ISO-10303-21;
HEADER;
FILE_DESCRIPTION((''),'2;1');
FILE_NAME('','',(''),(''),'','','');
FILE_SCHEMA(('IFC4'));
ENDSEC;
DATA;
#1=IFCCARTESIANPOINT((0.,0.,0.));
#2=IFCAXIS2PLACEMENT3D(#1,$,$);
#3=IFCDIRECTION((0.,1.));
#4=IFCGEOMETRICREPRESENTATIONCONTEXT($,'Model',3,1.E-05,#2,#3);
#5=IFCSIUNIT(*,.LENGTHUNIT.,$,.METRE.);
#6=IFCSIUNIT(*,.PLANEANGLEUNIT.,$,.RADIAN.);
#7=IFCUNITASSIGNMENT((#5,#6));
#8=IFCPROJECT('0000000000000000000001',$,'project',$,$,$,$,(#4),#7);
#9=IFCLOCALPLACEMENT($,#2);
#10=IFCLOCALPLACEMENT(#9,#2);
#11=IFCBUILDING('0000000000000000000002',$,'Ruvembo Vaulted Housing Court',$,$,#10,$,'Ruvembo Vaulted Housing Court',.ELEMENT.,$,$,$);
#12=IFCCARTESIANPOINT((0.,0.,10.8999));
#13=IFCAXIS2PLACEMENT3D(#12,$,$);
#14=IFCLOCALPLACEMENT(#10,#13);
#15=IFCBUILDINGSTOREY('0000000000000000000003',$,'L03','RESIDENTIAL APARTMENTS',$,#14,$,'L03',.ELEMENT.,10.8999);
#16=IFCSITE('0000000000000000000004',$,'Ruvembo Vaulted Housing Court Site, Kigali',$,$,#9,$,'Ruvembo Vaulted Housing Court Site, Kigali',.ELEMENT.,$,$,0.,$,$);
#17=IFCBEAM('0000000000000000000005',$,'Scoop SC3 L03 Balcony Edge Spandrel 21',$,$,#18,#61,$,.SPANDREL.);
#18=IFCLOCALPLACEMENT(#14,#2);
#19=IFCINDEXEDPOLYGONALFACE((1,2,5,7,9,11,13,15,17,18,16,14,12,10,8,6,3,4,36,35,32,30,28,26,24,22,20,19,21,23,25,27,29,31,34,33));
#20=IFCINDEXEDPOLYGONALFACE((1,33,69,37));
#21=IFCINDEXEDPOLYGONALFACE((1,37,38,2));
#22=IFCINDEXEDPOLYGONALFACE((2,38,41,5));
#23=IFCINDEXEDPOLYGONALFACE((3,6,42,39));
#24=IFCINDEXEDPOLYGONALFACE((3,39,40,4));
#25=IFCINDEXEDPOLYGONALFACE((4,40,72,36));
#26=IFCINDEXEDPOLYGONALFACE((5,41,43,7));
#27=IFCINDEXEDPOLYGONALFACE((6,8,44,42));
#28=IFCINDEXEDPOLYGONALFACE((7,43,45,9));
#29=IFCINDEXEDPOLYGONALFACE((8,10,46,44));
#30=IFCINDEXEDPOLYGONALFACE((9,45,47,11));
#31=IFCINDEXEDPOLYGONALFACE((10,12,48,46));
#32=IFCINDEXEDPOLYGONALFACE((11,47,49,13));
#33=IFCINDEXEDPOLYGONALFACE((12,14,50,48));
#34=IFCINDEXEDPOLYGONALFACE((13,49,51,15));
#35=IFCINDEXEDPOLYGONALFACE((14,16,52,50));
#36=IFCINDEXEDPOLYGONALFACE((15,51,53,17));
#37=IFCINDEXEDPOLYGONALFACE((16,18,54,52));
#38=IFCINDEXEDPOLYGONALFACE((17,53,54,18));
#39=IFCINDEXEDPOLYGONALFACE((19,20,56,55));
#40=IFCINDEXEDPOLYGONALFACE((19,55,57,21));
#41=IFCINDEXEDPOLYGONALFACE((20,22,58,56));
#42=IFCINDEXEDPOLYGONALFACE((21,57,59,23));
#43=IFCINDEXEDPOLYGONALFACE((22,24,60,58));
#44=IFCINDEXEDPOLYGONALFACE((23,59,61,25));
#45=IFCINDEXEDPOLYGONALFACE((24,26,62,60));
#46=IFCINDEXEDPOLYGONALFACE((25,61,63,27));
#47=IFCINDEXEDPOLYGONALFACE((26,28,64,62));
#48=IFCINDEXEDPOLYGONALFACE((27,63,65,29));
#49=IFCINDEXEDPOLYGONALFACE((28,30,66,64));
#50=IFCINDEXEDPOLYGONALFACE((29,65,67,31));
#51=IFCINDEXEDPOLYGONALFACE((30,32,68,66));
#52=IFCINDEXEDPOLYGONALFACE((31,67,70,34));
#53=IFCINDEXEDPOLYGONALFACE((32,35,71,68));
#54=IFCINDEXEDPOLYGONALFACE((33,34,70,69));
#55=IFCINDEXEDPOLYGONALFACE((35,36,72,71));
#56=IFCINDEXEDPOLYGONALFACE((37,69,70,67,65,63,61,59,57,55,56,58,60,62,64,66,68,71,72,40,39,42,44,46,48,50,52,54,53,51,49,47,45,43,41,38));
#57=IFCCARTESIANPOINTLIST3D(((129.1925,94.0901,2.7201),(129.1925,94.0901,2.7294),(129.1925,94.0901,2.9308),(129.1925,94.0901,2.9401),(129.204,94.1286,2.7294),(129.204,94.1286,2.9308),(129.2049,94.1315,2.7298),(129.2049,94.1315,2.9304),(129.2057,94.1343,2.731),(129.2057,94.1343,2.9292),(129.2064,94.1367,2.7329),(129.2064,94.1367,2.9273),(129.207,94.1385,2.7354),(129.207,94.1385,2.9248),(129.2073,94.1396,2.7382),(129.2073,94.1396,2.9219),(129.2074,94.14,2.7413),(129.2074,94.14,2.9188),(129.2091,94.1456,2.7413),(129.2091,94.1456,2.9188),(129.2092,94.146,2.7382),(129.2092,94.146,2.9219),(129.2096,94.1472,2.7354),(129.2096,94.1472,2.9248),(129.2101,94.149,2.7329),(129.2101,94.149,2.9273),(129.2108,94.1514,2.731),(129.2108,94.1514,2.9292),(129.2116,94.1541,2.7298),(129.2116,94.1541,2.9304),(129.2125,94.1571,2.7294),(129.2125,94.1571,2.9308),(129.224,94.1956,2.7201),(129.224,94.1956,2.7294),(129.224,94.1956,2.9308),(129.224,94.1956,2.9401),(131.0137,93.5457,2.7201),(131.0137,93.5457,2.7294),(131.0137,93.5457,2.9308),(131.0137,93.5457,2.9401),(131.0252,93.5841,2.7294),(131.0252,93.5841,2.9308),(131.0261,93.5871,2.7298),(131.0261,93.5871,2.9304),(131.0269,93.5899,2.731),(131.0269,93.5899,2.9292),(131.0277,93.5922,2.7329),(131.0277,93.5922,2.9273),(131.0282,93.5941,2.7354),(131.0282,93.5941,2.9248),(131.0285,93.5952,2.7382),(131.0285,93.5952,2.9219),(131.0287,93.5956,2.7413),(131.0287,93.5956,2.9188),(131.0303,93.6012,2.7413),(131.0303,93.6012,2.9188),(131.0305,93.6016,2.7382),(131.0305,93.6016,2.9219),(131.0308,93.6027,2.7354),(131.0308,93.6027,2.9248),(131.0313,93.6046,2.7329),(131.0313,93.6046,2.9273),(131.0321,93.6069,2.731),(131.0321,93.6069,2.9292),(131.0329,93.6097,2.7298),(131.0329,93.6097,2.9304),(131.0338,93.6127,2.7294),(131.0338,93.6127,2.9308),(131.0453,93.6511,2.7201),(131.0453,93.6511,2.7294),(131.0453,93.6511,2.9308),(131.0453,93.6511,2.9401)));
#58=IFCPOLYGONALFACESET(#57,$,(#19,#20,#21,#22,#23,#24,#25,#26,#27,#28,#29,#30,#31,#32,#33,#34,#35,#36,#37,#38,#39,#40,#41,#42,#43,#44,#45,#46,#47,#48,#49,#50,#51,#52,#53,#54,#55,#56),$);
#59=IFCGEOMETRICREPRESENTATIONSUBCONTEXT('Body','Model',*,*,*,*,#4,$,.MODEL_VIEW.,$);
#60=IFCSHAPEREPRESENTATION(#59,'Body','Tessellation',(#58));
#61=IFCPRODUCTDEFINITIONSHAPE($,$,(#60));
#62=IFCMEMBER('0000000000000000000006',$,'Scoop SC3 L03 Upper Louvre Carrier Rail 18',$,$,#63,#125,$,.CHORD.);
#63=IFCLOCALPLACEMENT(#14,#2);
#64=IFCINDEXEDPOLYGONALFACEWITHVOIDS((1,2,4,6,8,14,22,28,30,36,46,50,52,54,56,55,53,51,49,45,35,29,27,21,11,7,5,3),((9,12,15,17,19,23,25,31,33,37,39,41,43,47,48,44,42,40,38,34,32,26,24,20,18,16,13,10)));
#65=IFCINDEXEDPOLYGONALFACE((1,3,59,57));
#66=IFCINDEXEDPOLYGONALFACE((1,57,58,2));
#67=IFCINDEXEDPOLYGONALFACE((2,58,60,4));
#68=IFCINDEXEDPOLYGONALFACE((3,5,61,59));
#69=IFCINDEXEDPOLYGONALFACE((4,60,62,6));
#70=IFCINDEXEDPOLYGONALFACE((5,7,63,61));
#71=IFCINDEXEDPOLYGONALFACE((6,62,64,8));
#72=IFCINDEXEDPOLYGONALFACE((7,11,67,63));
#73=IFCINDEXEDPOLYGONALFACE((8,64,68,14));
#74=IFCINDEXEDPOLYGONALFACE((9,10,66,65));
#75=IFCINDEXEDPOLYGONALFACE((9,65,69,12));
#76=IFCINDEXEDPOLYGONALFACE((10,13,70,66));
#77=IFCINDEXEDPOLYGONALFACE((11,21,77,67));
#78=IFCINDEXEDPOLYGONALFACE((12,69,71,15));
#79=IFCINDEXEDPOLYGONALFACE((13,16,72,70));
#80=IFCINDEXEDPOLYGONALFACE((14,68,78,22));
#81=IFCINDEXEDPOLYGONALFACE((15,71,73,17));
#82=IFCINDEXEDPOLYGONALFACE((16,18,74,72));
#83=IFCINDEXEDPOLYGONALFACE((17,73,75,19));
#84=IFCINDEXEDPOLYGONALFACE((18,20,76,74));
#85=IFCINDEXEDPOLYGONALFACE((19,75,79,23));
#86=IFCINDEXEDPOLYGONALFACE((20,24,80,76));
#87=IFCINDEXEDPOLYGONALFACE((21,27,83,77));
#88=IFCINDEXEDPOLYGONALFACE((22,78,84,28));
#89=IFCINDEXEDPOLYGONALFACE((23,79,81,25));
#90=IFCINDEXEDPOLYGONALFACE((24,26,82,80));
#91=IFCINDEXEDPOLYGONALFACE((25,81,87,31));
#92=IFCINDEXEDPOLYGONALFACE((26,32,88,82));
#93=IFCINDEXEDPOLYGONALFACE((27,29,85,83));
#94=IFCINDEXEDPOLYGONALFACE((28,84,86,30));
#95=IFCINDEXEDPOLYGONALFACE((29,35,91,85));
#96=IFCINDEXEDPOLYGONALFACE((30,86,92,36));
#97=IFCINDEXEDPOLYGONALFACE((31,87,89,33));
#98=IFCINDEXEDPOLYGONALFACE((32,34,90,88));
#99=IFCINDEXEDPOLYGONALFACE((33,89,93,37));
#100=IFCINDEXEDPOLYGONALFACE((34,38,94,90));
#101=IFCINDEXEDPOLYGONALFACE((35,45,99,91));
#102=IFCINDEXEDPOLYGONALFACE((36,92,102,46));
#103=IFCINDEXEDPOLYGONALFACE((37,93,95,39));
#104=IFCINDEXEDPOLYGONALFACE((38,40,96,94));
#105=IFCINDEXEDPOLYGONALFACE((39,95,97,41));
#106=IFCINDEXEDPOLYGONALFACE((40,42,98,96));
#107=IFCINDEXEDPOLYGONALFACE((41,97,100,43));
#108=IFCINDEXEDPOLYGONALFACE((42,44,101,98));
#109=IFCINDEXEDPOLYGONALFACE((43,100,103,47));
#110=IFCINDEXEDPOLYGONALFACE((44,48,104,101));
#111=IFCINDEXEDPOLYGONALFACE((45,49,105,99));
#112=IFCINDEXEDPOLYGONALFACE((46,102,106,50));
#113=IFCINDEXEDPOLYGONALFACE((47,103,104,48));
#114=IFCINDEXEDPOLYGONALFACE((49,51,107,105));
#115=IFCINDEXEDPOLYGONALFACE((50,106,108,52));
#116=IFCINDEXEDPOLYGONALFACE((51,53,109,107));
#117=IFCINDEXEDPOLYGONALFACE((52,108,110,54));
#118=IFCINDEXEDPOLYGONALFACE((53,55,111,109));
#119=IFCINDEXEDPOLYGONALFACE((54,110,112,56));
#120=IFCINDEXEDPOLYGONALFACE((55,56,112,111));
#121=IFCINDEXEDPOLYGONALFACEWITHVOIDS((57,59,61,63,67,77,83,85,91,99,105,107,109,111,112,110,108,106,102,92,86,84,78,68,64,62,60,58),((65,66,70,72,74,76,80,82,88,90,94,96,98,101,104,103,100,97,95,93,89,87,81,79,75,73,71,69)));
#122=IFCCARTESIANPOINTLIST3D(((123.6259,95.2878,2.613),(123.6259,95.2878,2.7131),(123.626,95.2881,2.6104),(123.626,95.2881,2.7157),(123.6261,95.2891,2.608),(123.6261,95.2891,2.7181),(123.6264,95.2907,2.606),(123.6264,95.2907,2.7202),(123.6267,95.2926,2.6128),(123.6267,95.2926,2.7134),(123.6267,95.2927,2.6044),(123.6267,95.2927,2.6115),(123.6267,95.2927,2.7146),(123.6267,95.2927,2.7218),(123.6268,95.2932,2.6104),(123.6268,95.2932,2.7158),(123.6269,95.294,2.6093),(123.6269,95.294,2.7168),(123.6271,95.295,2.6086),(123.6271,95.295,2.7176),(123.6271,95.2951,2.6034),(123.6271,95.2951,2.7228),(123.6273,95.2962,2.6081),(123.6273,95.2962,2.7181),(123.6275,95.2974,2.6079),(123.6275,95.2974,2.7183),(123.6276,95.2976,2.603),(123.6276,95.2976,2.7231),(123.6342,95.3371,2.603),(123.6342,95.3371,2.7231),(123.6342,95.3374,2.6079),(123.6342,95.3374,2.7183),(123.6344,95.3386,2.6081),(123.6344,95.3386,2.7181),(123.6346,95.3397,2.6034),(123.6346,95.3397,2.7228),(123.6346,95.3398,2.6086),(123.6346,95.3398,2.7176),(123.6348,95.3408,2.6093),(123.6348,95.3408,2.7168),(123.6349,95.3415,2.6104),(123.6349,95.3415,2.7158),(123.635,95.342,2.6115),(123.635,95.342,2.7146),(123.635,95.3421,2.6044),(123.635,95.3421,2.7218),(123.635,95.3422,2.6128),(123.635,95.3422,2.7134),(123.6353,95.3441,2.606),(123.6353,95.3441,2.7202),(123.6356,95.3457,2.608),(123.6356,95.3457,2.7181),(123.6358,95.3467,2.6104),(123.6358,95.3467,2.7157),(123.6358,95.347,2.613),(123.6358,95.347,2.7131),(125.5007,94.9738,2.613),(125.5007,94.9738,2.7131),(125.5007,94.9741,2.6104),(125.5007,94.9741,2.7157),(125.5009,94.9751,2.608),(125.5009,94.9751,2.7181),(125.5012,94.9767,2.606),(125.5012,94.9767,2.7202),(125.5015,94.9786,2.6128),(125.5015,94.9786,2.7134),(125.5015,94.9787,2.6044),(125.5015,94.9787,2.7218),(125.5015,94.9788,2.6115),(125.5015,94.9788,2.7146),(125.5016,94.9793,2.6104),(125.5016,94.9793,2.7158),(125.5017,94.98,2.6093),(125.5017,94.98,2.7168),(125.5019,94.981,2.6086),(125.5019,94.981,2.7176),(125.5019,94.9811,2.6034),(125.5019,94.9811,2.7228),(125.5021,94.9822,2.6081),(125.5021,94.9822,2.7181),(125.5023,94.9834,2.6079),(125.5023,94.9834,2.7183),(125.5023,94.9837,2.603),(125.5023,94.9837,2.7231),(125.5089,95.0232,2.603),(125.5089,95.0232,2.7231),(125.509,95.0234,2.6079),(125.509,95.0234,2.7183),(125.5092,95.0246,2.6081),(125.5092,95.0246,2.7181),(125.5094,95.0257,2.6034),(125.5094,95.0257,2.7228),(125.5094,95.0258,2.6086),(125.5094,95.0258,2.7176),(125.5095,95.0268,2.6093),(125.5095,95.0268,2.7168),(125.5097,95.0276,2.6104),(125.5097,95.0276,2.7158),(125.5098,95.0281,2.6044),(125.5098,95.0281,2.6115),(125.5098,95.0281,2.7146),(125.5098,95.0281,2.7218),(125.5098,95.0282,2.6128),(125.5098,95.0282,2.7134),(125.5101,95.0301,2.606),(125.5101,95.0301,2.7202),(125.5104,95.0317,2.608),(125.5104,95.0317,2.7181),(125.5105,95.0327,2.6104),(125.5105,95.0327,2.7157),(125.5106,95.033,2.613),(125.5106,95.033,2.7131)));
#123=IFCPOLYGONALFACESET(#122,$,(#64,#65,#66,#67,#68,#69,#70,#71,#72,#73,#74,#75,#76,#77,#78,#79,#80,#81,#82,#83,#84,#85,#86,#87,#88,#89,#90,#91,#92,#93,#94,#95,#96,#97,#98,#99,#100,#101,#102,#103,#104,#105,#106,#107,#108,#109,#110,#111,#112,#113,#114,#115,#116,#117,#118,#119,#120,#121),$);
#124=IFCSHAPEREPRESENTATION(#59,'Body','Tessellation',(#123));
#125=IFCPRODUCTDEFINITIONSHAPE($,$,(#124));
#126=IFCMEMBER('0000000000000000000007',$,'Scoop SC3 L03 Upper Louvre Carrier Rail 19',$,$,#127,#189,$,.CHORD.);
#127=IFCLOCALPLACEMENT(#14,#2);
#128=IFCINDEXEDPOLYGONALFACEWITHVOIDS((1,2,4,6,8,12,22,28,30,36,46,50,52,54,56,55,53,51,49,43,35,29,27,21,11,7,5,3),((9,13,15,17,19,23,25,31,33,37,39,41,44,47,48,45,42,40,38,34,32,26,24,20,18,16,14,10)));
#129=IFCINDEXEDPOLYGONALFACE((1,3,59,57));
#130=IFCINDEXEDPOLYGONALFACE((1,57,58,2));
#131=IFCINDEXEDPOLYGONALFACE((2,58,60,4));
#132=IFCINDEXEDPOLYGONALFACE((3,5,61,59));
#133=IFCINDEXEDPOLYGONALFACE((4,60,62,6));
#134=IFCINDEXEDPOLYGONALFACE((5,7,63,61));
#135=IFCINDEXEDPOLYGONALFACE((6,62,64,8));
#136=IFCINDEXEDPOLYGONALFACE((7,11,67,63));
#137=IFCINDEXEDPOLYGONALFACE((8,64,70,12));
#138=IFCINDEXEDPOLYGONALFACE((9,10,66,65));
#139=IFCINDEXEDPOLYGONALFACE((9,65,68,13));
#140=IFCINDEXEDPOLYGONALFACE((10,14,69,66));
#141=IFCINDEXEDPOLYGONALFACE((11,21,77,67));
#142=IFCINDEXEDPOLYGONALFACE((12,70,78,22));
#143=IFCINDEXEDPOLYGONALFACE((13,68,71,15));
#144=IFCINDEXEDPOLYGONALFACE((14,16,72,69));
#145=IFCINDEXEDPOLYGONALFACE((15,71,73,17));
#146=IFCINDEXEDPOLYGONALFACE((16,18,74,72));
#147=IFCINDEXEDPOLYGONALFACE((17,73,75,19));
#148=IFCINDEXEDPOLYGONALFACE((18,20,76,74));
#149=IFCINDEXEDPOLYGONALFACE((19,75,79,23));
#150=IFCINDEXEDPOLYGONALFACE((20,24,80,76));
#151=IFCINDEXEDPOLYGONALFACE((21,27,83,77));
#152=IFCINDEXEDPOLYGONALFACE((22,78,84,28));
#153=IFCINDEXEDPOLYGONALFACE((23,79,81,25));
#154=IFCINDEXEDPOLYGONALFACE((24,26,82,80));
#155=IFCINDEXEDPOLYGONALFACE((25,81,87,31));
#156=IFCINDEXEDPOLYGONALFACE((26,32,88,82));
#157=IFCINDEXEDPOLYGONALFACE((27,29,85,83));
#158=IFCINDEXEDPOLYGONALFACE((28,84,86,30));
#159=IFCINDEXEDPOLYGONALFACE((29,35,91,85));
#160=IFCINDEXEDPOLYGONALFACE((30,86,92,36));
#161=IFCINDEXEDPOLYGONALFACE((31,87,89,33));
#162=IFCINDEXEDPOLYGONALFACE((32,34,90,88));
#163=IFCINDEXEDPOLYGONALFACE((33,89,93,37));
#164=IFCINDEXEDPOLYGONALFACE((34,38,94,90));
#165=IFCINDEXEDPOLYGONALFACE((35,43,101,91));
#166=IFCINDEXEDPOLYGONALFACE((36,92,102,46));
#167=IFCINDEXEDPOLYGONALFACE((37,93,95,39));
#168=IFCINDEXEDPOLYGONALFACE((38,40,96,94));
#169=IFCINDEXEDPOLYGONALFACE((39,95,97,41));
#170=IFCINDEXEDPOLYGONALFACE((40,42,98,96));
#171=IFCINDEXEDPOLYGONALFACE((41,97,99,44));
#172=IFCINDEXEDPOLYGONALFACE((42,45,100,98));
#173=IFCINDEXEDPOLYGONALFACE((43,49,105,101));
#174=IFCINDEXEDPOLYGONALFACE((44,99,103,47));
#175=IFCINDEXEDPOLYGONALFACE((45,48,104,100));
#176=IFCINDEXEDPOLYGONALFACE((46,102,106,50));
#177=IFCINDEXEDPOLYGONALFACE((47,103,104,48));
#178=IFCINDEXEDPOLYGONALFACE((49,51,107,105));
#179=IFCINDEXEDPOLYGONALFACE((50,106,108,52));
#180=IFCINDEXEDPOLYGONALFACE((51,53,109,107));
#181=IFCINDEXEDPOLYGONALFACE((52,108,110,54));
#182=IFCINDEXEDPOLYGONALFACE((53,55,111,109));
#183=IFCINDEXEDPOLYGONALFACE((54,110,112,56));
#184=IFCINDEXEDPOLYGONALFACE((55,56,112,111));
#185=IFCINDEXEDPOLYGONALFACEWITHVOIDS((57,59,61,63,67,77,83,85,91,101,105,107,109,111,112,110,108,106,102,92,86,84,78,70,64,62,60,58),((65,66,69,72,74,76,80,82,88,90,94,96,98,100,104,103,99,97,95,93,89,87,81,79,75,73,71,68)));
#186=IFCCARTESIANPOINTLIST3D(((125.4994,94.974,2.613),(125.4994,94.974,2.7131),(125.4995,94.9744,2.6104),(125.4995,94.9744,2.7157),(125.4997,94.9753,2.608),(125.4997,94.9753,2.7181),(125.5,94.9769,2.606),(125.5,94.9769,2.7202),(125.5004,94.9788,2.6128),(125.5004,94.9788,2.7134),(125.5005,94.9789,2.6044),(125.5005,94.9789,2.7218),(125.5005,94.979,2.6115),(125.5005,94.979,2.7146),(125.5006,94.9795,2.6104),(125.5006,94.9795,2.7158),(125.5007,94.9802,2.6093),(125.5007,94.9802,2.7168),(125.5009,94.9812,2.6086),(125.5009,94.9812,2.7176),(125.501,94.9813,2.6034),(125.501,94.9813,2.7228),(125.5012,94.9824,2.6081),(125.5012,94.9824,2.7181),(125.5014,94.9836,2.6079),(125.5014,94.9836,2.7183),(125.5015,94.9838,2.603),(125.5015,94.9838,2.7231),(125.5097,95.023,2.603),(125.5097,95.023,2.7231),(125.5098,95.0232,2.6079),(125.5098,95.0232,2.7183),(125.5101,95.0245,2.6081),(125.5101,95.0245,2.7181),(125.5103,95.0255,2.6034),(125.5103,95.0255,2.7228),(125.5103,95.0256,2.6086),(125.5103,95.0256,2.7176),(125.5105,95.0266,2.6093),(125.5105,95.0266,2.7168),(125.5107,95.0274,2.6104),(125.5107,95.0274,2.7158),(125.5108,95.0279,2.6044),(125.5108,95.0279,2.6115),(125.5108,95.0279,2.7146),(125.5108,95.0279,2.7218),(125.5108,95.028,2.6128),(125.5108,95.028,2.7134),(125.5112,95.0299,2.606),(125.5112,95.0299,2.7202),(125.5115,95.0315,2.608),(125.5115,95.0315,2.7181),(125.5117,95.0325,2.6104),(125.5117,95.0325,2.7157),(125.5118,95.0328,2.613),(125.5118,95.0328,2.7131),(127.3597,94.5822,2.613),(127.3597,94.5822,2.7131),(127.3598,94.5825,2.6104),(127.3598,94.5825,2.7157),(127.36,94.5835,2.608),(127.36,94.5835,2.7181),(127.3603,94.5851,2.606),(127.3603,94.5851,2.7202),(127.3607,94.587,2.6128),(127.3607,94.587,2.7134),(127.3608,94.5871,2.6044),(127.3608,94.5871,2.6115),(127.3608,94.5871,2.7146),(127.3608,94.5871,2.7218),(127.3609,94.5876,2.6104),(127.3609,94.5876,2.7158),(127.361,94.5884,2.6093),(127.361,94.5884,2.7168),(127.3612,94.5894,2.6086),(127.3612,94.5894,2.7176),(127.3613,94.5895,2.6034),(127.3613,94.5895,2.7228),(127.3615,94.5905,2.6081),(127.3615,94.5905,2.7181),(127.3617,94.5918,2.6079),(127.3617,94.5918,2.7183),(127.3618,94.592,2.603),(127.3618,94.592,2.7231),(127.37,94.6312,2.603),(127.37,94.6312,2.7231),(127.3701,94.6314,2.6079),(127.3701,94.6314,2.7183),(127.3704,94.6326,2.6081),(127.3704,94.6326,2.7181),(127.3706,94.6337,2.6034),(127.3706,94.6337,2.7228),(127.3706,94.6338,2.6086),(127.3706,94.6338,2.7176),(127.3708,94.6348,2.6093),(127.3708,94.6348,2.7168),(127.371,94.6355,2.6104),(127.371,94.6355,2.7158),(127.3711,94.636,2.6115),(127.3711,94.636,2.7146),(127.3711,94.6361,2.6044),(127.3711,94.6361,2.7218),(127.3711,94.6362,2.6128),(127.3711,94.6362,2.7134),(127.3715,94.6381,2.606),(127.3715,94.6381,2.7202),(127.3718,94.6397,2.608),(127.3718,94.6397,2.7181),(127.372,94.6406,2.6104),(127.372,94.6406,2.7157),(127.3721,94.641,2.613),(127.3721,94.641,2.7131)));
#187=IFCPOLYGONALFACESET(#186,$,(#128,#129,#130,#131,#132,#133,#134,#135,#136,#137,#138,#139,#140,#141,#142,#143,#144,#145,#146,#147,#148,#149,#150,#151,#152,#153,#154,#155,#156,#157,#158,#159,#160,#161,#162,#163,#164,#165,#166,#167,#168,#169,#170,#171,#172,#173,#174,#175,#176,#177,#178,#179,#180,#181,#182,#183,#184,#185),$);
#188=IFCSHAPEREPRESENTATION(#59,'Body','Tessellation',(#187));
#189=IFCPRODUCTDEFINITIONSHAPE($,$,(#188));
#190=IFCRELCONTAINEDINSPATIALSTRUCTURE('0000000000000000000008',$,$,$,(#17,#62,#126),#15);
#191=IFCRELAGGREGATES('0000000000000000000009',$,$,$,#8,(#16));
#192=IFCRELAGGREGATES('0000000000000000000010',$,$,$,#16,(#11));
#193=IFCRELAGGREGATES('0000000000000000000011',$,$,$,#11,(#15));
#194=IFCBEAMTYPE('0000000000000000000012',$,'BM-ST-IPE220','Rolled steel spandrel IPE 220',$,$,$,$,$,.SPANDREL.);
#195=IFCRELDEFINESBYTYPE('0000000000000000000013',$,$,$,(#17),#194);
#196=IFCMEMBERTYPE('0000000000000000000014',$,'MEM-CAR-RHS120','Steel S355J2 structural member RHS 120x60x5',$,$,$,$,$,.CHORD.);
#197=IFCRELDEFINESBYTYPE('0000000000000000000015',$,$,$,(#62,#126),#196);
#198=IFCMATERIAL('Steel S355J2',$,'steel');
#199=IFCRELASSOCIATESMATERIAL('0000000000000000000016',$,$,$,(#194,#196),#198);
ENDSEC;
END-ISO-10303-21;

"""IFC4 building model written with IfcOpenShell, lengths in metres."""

from ifc_helpers import new_model, si_unit, direction, frame, origin, origin_2d, place, context, subcontext, project, spatial, hollow_rectangle, i_section, extrude, material, material_profile, profile_set, type_object, element, save


model = new_model("IFC4")

# Units and contexts
model_context = context("Model", 3, precision=1e-05, world=origin(), true_north=direction((0.0, 1.0)))
body_context = subcontext(model_context, "Body", "Model", "MODEL_VIEW")
ifc_project = project(units=[si_unit("LENGTHUNIT", "METRE"), si_unit("PLANEANGLEUNIT", "RADIAN")], contexts=[model_context])

# Site, building, storey
site_placement = place(None, origin())
site = spatial("IfcSite", under=ifc_project, at=site_placement, Name="Ruvembo Vaulted Housing Court Site, Kigali", LongName="Ruvembo Vaulted Housing Court Site, Kigali", CompositionType="ELEMENT", RefElevation=0.0)
building_placement = place(site_placement, origin())
building = spatial("IfcBuilding", under=site, at=building_placement, Name="Ruvembo Vaulted Housing Court", LongName="Ruvembo Vaulted Housing Court", CompositionType="ELEMENT")
storey_placement = place(building_placement, frame((0.0, 0.0, 10.8999)))
storey = spatial("IfcBuildingStorey", under=building, at=storey_placement, Name="L03", Description="RESIDENTIAL APARTMENTS", LongName="L03", CompositionType="ELEMENT", Elevation=10.8999)

# Beam
ifc_material_1 = material(Name="Steel S355J2", Category="steel")
ifc_material_profile_1 = material_profile(ifc_material_1, i_section(OverallWidth=0.1101, OverallDepth=0.22, WebThickness=0.0059, FlangeThickness=0.0093, FilletRadius=0.012, at=origin_2d()), Name="IPE 220")
ifc_profile_set_1 = profile_set([ifc_material_profile_1], Name="Steel S355J2")
beam_type = type_object("IfcBeamType", Name="BM-ST-IPE220", Description="Rolled steel spandrel IPE 220", PredefinedType="SPANDREL", material=ifc_profile_set_1)
for number, where, z_axis, x_axis, name in (
    (1, (129.2083, 94.1428, 2.8301), (0.958109, -0.286405, 0.0), (0.286405, 0.958109, 0.0), "Scoop SC3 L03 Balcony Edge Spandrel 21"),
):
    element("IfcBeam", number, at=place(storey_placement, frame(where, z_axis=z_axis, x_axis=x_axis)), inside=storey, type_object=beam_type, Name=name, PredefinedType="SPANDREL", context=body_context, shape_type="SweptSolid", body=[
        extrude(i_section(OverallWidth=0.1101, OverallDepth=0.22, WebThickness=0.0059, FlangeThickness=0.0093, FilletRadius=0.012, at=origin_2d()), origin(), (0.0, 0.0, 1.0), 1.9009),
    ])

# Members
ifc_material_profile_2 = material_profile(ifc_material_1, hollow_rectangle(XDim=0.0601, YDim=0.1201, WallThickness=0.0049, InnerFilletRadius=0.0049, OuterFilletRadius=0.01, at=origin_2d()), Name="RHS 120x60x5")
ifc_profile_set_2 = profile_set([ifc_material_profile_2], Name="Steel S355J2")
member_type_1 = type_object("IfcMemberType", Name="MEM-CAR-RHS120", Description="Steel S355J2 structural member RHS 120x60x5", PredefinedType="CHORD", material=ifc_profile_set_2)
member_1_placement = place(storey_placement, frame((123.6309, 95.3174, 2.6631), z_axis=(0.986265, -0.16517, 0.0), x_axis=(0.16517, 0.986265, 0.0)))
element("IfcMember", 2, at=member_1_placement, inside=storey, type_object=member_type_1, Name="Scoop SC3 L03 Upper Louvre Carrier Rail 18", PredefinedType="CHORD", context=body_context, shape_type="SweptSolid", body=[
    extrude(hollow_rectangle(XDim=0.0601, YDim=0.1201, WallThickness=0.0049, InnerFilletRadius=0.0049, OuterFilletRadius=0.01, at=origin_2d()), origin(), (0.0, 0.0, 1.0), 1.9009),
])
member_2_placement = place(storey_placement, frame((125.5056, 95.0034, 2.6631), z_axis=(0.978529, -0.206108, 0.0), x_axis=(0.206108, 0.978529, 0.0)))
element("IfcMember", 3, at=member_2_placement, inside=storey, type_object=member_type_1, Name="Scoop SC3 L03 Upper Louvre Carrier Rail 19", PredefinedType="CHORD", context=body_context, shape_type="SweptSolid", body=[
    extrude(hollow_rectangle(XDim=0.0601, YDim=0.1201, WallThickness=0.0049, InnerFilletRadius=0.0049, OuterFilletRadius=0.01, at=origin_2d()), origin(), (0.0, 0.0, 1.0), 1.9011),
])

save(model, "model.ifc")
